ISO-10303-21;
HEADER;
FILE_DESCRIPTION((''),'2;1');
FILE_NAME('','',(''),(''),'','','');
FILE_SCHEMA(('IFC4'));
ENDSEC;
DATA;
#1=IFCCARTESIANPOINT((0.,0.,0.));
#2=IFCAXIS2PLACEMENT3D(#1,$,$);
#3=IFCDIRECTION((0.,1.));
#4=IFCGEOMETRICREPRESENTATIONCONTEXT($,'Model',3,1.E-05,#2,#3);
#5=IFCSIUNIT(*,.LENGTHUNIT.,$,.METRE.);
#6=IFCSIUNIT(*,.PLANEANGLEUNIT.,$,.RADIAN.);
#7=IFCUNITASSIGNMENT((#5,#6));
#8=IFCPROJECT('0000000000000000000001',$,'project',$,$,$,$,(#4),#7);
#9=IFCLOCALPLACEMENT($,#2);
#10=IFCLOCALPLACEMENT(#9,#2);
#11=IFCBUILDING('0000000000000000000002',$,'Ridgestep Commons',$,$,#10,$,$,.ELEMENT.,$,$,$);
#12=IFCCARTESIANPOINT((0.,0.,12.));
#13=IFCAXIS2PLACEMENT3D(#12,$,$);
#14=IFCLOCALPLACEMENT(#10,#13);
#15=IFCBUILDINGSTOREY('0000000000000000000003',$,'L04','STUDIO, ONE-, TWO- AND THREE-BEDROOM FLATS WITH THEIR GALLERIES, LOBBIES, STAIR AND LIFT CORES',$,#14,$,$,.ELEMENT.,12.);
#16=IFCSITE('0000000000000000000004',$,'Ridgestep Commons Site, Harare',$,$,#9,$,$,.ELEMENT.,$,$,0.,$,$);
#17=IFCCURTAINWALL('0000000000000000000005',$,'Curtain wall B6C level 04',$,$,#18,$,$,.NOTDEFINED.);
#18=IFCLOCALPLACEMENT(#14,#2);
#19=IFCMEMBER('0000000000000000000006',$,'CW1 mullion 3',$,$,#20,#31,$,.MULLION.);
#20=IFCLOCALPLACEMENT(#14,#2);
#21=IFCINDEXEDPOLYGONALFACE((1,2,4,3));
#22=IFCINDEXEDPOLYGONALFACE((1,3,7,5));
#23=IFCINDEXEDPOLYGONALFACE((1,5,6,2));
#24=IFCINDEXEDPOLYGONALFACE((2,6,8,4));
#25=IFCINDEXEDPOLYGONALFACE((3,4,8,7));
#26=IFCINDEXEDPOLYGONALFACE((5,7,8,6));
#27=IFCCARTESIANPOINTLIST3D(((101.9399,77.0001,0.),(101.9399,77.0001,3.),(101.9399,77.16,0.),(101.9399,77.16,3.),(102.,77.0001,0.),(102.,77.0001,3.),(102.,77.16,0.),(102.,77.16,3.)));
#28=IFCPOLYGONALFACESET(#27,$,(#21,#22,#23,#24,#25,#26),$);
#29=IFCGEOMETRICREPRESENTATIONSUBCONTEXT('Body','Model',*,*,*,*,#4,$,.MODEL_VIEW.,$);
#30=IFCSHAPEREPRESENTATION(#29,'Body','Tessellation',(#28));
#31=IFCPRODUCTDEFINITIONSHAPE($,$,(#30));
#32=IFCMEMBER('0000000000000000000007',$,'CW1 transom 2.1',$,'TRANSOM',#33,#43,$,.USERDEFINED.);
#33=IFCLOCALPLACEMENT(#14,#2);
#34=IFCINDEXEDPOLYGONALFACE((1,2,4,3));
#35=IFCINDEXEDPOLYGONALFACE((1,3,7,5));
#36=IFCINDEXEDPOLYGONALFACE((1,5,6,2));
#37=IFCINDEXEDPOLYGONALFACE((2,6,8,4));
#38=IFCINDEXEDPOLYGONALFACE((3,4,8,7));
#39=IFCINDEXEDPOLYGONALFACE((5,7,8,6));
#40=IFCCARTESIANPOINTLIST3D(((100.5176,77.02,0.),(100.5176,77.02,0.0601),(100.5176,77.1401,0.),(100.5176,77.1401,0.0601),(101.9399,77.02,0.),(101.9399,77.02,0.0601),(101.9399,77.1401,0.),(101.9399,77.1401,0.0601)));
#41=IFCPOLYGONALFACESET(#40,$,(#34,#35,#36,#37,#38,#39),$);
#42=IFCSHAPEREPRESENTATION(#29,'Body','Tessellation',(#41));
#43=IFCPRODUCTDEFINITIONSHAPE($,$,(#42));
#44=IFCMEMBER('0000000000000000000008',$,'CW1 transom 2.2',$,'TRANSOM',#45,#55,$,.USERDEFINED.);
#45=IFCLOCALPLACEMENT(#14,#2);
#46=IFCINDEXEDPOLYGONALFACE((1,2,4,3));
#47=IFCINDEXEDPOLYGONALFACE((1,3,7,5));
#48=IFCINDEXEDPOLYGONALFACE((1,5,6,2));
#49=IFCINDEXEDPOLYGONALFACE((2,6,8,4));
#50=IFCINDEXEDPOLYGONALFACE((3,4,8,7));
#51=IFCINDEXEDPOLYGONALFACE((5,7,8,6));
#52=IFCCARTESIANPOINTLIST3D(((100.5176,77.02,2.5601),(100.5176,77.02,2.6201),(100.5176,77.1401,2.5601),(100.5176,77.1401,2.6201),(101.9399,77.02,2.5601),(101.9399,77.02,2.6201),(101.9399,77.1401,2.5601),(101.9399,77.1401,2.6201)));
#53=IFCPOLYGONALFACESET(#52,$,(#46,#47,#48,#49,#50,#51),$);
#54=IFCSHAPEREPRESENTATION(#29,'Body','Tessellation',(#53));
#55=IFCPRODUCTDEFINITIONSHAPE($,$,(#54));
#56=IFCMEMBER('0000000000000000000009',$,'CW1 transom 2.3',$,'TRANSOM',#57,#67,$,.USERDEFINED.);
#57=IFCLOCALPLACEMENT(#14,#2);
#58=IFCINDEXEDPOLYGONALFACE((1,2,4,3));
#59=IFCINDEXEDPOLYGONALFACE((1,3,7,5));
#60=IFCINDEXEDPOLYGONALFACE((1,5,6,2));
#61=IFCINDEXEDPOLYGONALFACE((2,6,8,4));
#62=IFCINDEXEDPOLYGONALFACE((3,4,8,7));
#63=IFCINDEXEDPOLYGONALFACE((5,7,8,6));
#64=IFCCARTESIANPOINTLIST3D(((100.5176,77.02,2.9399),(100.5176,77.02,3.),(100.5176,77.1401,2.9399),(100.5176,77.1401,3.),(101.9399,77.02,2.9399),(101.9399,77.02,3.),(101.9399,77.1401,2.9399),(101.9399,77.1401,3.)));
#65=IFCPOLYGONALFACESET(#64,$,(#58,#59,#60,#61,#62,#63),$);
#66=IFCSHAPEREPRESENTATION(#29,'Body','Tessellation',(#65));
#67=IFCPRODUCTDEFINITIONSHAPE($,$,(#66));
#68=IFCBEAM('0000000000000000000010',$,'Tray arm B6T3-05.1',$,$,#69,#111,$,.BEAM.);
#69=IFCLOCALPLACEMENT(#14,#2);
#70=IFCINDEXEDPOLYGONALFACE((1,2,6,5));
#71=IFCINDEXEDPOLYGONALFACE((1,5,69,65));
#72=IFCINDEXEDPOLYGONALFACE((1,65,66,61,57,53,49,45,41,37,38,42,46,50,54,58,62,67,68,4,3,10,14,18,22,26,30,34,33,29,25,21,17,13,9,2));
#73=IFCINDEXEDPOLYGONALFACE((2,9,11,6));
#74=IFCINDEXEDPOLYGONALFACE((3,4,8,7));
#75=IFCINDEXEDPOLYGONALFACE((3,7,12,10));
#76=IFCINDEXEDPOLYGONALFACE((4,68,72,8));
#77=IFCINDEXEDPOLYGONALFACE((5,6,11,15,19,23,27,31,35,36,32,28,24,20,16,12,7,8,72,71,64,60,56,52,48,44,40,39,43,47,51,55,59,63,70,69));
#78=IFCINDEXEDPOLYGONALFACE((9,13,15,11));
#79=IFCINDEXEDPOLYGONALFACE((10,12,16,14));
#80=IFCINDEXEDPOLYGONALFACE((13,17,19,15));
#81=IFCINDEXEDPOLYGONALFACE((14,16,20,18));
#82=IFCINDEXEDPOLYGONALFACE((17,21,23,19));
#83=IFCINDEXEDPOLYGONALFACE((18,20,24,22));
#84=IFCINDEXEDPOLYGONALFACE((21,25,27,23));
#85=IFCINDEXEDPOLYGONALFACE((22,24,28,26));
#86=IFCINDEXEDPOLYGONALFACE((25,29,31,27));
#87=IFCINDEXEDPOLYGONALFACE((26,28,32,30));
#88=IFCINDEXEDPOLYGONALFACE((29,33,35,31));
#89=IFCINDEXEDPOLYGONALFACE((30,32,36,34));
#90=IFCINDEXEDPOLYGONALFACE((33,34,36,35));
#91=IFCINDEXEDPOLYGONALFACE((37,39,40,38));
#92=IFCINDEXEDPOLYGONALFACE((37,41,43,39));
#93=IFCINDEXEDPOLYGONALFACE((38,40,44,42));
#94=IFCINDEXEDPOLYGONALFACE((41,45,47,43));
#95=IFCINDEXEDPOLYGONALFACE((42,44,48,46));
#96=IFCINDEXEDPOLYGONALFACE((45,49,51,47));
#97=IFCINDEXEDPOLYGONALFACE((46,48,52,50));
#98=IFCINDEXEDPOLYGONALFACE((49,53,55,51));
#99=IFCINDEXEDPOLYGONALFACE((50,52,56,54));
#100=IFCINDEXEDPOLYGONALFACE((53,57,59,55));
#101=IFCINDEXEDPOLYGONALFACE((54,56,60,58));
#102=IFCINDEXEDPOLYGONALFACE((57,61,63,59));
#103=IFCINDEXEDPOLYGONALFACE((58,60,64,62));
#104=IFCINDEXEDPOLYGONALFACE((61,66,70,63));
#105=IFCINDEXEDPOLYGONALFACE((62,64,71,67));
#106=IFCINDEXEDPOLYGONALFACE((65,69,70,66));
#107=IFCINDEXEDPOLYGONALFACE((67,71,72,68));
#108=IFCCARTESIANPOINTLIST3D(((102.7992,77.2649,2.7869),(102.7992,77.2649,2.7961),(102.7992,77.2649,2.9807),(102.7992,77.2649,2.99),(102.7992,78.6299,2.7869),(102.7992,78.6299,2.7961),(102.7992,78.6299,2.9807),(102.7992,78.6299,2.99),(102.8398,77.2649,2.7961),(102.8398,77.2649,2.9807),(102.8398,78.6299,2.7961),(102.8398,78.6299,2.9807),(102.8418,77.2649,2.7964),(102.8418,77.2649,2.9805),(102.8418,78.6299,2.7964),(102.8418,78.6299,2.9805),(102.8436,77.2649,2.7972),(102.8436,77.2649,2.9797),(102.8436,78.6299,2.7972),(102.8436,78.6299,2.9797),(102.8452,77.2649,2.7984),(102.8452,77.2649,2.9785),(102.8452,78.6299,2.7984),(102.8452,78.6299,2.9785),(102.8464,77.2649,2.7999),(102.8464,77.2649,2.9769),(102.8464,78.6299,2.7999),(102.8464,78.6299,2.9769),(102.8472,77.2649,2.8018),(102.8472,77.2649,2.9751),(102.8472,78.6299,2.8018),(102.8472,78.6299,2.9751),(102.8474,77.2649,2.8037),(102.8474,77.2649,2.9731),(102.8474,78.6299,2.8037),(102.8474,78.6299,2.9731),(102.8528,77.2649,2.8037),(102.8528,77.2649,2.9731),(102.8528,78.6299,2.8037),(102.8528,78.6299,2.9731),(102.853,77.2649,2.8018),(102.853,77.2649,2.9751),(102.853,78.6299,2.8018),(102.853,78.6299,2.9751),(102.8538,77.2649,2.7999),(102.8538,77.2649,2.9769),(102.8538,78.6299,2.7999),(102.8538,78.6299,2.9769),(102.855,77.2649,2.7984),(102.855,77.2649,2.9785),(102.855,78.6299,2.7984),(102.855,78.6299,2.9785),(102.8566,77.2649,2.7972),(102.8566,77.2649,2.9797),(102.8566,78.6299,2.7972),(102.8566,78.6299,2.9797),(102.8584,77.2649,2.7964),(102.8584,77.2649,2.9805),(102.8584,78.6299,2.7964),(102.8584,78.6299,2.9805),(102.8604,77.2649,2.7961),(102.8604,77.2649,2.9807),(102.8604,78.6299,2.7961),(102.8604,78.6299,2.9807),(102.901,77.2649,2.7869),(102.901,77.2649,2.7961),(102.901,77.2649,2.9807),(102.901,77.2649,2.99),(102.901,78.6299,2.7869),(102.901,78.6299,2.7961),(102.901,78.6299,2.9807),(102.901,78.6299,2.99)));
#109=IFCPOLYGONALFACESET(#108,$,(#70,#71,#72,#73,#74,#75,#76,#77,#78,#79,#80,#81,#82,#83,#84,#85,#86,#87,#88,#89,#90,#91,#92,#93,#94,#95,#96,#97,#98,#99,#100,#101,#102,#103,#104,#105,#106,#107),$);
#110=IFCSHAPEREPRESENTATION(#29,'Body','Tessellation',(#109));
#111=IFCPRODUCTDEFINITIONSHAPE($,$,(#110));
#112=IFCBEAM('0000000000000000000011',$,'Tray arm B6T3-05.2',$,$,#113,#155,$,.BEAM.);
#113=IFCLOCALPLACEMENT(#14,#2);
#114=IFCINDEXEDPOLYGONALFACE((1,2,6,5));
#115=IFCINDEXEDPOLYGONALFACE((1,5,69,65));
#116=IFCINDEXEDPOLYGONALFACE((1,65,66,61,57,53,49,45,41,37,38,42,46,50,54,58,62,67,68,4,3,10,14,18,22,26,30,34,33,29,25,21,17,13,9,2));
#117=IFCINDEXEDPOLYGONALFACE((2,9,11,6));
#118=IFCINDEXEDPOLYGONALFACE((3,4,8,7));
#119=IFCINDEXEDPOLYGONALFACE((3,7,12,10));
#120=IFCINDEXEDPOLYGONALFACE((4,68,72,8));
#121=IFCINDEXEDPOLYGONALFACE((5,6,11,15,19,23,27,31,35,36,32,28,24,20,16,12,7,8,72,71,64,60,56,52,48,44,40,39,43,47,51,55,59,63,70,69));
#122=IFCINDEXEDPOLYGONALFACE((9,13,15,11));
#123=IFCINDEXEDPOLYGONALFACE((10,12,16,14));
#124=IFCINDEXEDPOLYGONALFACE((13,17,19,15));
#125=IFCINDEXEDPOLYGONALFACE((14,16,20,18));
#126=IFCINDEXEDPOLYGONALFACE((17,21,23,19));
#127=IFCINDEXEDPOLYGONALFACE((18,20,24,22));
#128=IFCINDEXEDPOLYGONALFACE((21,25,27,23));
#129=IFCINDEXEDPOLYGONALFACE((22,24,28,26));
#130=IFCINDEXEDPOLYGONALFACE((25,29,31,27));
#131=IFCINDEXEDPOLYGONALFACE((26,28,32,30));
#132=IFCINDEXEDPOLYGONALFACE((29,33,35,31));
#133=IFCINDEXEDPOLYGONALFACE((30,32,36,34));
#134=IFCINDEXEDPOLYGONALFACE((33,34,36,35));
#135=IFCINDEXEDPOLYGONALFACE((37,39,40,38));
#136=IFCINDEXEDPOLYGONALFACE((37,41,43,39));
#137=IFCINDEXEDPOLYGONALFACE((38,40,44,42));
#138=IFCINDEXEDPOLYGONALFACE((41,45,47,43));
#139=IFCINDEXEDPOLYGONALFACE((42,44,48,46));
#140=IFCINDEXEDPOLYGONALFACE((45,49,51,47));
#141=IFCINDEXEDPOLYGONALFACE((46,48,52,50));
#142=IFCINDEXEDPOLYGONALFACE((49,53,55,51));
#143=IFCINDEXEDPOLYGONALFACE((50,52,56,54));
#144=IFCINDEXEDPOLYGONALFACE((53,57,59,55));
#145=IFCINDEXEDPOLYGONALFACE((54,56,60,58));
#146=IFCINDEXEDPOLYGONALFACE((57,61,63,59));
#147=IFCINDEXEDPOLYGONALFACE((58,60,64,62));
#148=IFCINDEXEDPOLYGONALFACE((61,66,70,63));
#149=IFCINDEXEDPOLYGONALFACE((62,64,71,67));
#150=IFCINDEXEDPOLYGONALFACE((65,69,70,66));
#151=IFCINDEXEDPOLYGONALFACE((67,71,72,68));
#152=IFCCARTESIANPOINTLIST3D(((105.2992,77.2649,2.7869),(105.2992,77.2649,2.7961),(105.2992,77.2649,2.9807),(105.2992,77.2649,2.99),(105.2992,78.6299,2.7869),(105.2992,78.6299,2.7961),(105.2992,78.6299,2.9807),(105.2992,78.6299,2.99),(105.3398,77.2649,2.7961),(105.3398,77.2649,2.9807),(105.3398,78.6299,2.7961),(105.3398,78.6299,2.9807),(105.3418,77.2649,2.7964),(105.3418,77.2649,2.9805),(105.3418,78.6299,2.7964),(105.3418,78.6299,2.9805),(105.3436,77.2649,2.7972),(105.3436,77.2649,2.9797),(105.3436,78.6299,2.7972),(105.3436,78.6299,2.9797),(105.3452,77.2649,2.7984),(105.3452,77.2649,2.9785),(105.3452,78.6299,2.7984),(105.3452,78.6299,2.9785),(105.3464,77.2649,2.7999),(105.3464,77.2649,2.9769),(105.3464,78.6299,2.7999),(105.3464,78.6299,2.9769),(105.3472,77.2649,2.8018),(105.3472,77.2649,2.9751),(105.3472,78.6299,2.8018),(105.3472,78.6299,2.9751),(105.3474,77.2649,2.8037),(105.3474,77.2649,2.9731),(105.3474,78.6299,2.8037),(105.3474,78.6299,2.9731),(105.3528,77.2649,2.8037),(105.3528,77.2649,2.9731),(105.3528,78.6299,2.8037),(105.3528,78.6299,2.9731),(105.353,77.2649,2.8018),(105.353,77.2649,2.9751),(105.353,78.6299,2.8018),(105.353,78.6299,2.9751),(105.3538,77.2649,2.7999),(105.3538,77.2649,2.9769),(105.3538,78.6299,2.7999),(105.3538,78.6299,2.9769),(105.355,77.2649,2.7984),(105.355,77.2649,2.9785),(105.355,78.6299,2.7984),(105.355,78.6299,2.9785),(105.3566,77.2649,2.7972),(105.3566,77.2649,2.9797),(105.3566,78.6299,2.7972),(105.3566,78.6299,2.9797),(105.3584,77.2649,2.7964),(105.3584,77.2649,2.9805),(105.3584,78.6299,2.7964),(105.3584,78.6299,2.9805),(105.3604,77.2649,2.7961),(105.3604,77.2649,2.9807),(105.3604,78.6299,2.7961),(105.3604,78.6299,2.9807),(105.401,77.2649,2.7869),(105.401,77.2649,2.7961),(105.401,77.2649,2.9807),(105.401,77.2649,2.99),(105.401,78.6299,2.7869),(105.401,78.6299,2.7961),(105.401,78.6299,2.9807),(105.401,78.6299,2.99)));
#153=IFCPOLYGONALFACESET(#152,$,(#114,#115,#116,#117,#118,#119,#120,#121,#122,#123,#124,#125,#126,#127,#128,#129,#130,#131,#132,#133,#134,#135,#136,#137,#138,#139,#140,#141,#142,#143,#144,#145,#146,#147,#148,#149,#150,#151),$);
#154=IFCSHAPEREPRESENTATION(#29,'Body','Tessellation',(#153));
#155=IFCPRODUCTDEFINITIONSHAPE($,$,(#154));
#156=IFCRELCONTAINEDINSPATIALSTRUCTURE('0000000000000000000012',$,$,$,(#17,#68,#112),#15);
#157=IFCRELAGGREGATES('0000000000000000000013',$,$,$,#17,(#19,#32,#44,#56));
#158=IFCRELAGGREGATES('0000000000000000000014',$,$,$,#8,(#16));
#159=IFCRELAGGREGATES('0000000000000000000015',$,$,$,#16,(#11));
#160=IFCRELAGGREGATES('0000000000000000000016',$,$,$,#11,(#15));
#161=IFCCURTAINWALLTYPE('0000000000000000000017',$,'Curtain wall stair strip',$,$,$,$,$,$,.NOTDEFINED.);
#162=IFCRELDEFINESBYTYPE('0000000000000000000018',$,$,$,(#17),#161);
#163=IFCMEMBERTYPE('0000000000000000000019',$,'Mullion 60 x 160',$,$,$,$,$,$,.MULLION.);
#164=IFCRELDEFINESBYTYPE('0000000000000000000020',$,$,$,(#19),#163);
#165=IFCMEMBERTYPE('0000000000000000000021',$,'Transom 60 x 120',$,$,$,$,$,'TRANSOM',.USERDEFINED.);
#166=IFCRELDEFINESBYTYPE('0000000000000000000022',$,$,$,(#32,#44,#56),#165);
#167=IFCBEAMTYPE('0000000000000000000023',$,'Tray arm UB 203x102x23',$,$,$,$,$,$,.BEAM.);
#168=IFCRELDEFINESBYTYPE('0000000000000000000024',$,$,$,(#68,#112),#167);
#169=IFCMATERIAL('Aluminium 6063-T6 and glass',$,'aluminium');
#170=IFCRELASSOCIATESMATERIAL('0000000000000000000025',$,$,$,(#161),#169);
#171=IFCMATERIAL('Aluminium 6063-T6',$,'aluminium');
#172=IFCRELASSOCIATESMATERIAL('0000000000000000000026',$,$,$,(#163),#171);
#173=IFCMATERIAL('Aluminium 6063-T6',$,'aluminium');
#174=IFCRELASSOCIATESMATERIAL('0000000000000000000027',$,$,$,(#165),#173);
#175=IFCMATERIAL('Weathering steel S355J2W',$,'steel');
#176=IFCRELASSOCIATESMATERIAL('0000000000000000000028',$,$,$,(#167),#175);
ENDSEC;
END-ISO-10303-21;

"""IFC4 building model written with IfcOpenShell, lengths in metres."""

from ifc_helpers import new_model, si_unit, direction, frame, origin, origin_2d, place, context, subcontext, project, spatial, rectangle, i_section, extrude, material, material_profile, profile_set, type_object, element, aggregate, save


model = new_model("IFC4")

# Units and contexts
model_context = context("Model", 3, precision=1e-05, world=origin(), true_north=direction((0.0, 1.0)))
body_context = subcontext(model_context, "Body", "Model", "MODEL_VIEW")
ifc_project = project(units=[si_unit("LENGTHUNIT", "METRE"), si_unit("PLANEANGLEUNIT", "RADIAN")], contexts=[model_context])

# Site, building, storey
site_placement = place(None, origin())
site = spatial("IfcSite", under=ifc_project, at=site_placement, Name="Ridgestep Commons Site, Harare", CompositionType="ELEMENT", RefElevation=0.0)
building_placement = place(site_placement, origin())
building = spatial("IfcBuilding", under=site, at=building_placement, Name="Ridgestep Commons", CompositionType="ELEMENT")
storey_placement = place(building_placement, frame((0.0, 0.0, 12.0)))
storey = spatial("IfcBuildingStorey", under=building, at=storey_placement, Name="L04", Description="STUDIO, ONE-, TWO- AND THREE-BEDROOM FLATS WITH THEIR GALLERIES, LOBBIES, STAIR AND LIFT CORES", CompositionType="ELEMENT", Elevation=12.0)

# Curtain wall, members
ifc_material_1 = material(Name="Aluminium 6063-T6 and glass", Category="aluminium")
curtain_wall_type = type_object("IfcCurtainWallType", Name="Curtain wall stair strip", PredefinedType="NOTDEFINED", material=ifc_material_1)
curtain_wall_placement = place(storey_placement, origin())
curtain_wall = element("IfcCurtainWall", 1, at=curtain_wall_placement, inside=storey, type_object=curtain_wall_type, Name="Curtain wall B6C level 04", PredefinedType="NOTDEFINED")
ifc_material_2 = material(Name="Aluminium 6063-T6", Category="aluminium")
ifc_material_profile_1 = material_profile(ifc_material_2, rectangle(XDim=0.1599, YDim=0.0601, at=origin_2d()), Name="Mullion 60 x 160")
ifc_profile_set_1 = profile_set([ifc_material_profile_1], Name="Aluminium 6063-T6")
member_type_1 = type_object("IfcMemberType", Name="Mullion 60 x 160", PredefinedType="MULLION", material=ifc_profile_set_1)
member_1_placement = place(storey_placement, frame((101.97, 77.0801, 0.0), z_axis=(0.0, 0.0, 1.0), x_axis=(0.0, 1.0, 0.0)))
member_1 = element("IfcMember", 2, at=member_1_placement, type_object=member_type_1, Name="CW1 mullion 3", PredefinedType="MULLION", context=body_context, shape_type="SweptSolid", body=[
    extrude(rectangle(XDim=0.1599, YDim=0.0601, at=origin_2d()), origin(), (0.0, 0.0, 1.0), 3.0),
])
ifc_material_3 = material(Name="Aluminium 6063-T6", Category="aluminium")
ifc_material_profile_2 = material_profile(ifc_material_3, rectangle(XDim=0.1201, YDim=0.0601, at=origin_2d()), Name="Transom 60 x 120")
ifc_profile_set_2 = profile_set([ifc_material_profile_2], Name="Aluminium 6063-T6")
member_type_2 = type_object("IfcMemberType", Name="Transom 60 x 120", ElementType="TRANSOM", PredefinedType="USERDEFINED", material=ifc_profile_set_2)
member_2_placement = place(storey_placement, frame((100.5176, 77.0801, 0.03), z_axis=(1.0, 0.0, 0.0), x_axis=(0.0, 1.0, 0.0)))
member_2 = element("IfcMember", 3, at=member_2_placement, type_object=member_type_2, Name="CW1 transom 2.1", ObjectType="TRANSOM", PredefinedType="USERDEFINED", context=body_context, shape_type="SweptSolid", body=[
    extrude(rectangle(XDim=0.1201, YDim=0.0601, at=origin_2d()), origin(), (0.0, 0.0, 1.0), 1.4224),
])
member_3_placement = place(storey_placement, frame((100.5176, 77.0801, 2.5901), z_axis=(1.0, 0.0, 0.0), x_axis=(0.0, 1.0, 0.0)))
member_3 = element("IfcMember", 4, at=member_3_placement, type_object=member_type_2, Name="CW1 transom 2.2", ObjectType="TRANSOM", PredefinedType="USERDEFINED", context=body_context, shape_type="SweptSolid", body=[
    extrude(rectangle(XDim=0.1201, YDim=0.0601, at=origin_2d()), origin(), (0.0, 0.0, 1.0), 1.4224),
])
member_4_placement = place(storey_placement, frame((100.5176, 77.0801, 2.97), z_axis=(1.0, 0.0, 0.0), x_axis=(0.0, 1.0, 0.0)))
member_4 = element("IfcMember", 5, at=member_4_placement, type_object=member_type_2, Name="CW1 transom 2.3", ObjectType="TRANSOM", PredefinedType="USERDEFINED", context=body_context, shape_type="SweptSolid", body=[
    extrude(rectangle(XDim=0.1201, YDim=0.0601, at=origin_2d()), origin(), (0.0, 0.0, 1.0), 1.4224),
])

# Beams
ifc_material_4 = material(Name="Weathering steel S355J2W", Category="steel")
ifc_material_profile_3 = material_profile(ifc_material_4, i_section(OverallWidth=0.1018, OverallDepth=0.2031, WebThickness=0.0054, FlangeThickness=0.0093, FilletRadius=0.0076, at=origin_2d()), Name="UB 203x102x23")
ifc_profile_set_3 = profile_set([ifc_material_profile_3], Name="Weathering steel S355J2W")
beam_type_1 = type_object("IfcBeamType", Name="Tray arm UB 203x102x23", PredefinedType="BEAM", material=ifc_profile_set_3)
for number, where, z_axis, x_axis, name in (
    (6, (102.8501, 77.2649, 2.8884), (0.0, 1.0, 0.0), (-1.0, 0.0, 0.0), "Tray arm B6T3-05.1"),
    (7, (105.3501, 77.2649, 2.8884), (0.0, 1.0, 0.0), (-1.0, 0.0, 0.0), "Tray arm B6T3-05.2"),
):
    element("IfcBeam", number, at=place(storey_placement, frame(where, z_axis=z_axis, x_axis=x_axis)), inside=storey, type_object=beam_type_1, Name=name, PredefinedType="BEAM", context=body_context, shape_type="SweptSolid", body=[
        extrude(i_section(OverallWidth=0.1018, OverallDepth=0.2031, WebThickness=0.0054, FlangeThickness=0.0093, FilletRadius=0.0076, at=origin_2d()), origin(), (0.0, 0.0, 1.0), 1.365),
    ])

aggregate(curtain_wall, [member_1, member_2, member_3, member_4])

save(model, "model.ifc")
